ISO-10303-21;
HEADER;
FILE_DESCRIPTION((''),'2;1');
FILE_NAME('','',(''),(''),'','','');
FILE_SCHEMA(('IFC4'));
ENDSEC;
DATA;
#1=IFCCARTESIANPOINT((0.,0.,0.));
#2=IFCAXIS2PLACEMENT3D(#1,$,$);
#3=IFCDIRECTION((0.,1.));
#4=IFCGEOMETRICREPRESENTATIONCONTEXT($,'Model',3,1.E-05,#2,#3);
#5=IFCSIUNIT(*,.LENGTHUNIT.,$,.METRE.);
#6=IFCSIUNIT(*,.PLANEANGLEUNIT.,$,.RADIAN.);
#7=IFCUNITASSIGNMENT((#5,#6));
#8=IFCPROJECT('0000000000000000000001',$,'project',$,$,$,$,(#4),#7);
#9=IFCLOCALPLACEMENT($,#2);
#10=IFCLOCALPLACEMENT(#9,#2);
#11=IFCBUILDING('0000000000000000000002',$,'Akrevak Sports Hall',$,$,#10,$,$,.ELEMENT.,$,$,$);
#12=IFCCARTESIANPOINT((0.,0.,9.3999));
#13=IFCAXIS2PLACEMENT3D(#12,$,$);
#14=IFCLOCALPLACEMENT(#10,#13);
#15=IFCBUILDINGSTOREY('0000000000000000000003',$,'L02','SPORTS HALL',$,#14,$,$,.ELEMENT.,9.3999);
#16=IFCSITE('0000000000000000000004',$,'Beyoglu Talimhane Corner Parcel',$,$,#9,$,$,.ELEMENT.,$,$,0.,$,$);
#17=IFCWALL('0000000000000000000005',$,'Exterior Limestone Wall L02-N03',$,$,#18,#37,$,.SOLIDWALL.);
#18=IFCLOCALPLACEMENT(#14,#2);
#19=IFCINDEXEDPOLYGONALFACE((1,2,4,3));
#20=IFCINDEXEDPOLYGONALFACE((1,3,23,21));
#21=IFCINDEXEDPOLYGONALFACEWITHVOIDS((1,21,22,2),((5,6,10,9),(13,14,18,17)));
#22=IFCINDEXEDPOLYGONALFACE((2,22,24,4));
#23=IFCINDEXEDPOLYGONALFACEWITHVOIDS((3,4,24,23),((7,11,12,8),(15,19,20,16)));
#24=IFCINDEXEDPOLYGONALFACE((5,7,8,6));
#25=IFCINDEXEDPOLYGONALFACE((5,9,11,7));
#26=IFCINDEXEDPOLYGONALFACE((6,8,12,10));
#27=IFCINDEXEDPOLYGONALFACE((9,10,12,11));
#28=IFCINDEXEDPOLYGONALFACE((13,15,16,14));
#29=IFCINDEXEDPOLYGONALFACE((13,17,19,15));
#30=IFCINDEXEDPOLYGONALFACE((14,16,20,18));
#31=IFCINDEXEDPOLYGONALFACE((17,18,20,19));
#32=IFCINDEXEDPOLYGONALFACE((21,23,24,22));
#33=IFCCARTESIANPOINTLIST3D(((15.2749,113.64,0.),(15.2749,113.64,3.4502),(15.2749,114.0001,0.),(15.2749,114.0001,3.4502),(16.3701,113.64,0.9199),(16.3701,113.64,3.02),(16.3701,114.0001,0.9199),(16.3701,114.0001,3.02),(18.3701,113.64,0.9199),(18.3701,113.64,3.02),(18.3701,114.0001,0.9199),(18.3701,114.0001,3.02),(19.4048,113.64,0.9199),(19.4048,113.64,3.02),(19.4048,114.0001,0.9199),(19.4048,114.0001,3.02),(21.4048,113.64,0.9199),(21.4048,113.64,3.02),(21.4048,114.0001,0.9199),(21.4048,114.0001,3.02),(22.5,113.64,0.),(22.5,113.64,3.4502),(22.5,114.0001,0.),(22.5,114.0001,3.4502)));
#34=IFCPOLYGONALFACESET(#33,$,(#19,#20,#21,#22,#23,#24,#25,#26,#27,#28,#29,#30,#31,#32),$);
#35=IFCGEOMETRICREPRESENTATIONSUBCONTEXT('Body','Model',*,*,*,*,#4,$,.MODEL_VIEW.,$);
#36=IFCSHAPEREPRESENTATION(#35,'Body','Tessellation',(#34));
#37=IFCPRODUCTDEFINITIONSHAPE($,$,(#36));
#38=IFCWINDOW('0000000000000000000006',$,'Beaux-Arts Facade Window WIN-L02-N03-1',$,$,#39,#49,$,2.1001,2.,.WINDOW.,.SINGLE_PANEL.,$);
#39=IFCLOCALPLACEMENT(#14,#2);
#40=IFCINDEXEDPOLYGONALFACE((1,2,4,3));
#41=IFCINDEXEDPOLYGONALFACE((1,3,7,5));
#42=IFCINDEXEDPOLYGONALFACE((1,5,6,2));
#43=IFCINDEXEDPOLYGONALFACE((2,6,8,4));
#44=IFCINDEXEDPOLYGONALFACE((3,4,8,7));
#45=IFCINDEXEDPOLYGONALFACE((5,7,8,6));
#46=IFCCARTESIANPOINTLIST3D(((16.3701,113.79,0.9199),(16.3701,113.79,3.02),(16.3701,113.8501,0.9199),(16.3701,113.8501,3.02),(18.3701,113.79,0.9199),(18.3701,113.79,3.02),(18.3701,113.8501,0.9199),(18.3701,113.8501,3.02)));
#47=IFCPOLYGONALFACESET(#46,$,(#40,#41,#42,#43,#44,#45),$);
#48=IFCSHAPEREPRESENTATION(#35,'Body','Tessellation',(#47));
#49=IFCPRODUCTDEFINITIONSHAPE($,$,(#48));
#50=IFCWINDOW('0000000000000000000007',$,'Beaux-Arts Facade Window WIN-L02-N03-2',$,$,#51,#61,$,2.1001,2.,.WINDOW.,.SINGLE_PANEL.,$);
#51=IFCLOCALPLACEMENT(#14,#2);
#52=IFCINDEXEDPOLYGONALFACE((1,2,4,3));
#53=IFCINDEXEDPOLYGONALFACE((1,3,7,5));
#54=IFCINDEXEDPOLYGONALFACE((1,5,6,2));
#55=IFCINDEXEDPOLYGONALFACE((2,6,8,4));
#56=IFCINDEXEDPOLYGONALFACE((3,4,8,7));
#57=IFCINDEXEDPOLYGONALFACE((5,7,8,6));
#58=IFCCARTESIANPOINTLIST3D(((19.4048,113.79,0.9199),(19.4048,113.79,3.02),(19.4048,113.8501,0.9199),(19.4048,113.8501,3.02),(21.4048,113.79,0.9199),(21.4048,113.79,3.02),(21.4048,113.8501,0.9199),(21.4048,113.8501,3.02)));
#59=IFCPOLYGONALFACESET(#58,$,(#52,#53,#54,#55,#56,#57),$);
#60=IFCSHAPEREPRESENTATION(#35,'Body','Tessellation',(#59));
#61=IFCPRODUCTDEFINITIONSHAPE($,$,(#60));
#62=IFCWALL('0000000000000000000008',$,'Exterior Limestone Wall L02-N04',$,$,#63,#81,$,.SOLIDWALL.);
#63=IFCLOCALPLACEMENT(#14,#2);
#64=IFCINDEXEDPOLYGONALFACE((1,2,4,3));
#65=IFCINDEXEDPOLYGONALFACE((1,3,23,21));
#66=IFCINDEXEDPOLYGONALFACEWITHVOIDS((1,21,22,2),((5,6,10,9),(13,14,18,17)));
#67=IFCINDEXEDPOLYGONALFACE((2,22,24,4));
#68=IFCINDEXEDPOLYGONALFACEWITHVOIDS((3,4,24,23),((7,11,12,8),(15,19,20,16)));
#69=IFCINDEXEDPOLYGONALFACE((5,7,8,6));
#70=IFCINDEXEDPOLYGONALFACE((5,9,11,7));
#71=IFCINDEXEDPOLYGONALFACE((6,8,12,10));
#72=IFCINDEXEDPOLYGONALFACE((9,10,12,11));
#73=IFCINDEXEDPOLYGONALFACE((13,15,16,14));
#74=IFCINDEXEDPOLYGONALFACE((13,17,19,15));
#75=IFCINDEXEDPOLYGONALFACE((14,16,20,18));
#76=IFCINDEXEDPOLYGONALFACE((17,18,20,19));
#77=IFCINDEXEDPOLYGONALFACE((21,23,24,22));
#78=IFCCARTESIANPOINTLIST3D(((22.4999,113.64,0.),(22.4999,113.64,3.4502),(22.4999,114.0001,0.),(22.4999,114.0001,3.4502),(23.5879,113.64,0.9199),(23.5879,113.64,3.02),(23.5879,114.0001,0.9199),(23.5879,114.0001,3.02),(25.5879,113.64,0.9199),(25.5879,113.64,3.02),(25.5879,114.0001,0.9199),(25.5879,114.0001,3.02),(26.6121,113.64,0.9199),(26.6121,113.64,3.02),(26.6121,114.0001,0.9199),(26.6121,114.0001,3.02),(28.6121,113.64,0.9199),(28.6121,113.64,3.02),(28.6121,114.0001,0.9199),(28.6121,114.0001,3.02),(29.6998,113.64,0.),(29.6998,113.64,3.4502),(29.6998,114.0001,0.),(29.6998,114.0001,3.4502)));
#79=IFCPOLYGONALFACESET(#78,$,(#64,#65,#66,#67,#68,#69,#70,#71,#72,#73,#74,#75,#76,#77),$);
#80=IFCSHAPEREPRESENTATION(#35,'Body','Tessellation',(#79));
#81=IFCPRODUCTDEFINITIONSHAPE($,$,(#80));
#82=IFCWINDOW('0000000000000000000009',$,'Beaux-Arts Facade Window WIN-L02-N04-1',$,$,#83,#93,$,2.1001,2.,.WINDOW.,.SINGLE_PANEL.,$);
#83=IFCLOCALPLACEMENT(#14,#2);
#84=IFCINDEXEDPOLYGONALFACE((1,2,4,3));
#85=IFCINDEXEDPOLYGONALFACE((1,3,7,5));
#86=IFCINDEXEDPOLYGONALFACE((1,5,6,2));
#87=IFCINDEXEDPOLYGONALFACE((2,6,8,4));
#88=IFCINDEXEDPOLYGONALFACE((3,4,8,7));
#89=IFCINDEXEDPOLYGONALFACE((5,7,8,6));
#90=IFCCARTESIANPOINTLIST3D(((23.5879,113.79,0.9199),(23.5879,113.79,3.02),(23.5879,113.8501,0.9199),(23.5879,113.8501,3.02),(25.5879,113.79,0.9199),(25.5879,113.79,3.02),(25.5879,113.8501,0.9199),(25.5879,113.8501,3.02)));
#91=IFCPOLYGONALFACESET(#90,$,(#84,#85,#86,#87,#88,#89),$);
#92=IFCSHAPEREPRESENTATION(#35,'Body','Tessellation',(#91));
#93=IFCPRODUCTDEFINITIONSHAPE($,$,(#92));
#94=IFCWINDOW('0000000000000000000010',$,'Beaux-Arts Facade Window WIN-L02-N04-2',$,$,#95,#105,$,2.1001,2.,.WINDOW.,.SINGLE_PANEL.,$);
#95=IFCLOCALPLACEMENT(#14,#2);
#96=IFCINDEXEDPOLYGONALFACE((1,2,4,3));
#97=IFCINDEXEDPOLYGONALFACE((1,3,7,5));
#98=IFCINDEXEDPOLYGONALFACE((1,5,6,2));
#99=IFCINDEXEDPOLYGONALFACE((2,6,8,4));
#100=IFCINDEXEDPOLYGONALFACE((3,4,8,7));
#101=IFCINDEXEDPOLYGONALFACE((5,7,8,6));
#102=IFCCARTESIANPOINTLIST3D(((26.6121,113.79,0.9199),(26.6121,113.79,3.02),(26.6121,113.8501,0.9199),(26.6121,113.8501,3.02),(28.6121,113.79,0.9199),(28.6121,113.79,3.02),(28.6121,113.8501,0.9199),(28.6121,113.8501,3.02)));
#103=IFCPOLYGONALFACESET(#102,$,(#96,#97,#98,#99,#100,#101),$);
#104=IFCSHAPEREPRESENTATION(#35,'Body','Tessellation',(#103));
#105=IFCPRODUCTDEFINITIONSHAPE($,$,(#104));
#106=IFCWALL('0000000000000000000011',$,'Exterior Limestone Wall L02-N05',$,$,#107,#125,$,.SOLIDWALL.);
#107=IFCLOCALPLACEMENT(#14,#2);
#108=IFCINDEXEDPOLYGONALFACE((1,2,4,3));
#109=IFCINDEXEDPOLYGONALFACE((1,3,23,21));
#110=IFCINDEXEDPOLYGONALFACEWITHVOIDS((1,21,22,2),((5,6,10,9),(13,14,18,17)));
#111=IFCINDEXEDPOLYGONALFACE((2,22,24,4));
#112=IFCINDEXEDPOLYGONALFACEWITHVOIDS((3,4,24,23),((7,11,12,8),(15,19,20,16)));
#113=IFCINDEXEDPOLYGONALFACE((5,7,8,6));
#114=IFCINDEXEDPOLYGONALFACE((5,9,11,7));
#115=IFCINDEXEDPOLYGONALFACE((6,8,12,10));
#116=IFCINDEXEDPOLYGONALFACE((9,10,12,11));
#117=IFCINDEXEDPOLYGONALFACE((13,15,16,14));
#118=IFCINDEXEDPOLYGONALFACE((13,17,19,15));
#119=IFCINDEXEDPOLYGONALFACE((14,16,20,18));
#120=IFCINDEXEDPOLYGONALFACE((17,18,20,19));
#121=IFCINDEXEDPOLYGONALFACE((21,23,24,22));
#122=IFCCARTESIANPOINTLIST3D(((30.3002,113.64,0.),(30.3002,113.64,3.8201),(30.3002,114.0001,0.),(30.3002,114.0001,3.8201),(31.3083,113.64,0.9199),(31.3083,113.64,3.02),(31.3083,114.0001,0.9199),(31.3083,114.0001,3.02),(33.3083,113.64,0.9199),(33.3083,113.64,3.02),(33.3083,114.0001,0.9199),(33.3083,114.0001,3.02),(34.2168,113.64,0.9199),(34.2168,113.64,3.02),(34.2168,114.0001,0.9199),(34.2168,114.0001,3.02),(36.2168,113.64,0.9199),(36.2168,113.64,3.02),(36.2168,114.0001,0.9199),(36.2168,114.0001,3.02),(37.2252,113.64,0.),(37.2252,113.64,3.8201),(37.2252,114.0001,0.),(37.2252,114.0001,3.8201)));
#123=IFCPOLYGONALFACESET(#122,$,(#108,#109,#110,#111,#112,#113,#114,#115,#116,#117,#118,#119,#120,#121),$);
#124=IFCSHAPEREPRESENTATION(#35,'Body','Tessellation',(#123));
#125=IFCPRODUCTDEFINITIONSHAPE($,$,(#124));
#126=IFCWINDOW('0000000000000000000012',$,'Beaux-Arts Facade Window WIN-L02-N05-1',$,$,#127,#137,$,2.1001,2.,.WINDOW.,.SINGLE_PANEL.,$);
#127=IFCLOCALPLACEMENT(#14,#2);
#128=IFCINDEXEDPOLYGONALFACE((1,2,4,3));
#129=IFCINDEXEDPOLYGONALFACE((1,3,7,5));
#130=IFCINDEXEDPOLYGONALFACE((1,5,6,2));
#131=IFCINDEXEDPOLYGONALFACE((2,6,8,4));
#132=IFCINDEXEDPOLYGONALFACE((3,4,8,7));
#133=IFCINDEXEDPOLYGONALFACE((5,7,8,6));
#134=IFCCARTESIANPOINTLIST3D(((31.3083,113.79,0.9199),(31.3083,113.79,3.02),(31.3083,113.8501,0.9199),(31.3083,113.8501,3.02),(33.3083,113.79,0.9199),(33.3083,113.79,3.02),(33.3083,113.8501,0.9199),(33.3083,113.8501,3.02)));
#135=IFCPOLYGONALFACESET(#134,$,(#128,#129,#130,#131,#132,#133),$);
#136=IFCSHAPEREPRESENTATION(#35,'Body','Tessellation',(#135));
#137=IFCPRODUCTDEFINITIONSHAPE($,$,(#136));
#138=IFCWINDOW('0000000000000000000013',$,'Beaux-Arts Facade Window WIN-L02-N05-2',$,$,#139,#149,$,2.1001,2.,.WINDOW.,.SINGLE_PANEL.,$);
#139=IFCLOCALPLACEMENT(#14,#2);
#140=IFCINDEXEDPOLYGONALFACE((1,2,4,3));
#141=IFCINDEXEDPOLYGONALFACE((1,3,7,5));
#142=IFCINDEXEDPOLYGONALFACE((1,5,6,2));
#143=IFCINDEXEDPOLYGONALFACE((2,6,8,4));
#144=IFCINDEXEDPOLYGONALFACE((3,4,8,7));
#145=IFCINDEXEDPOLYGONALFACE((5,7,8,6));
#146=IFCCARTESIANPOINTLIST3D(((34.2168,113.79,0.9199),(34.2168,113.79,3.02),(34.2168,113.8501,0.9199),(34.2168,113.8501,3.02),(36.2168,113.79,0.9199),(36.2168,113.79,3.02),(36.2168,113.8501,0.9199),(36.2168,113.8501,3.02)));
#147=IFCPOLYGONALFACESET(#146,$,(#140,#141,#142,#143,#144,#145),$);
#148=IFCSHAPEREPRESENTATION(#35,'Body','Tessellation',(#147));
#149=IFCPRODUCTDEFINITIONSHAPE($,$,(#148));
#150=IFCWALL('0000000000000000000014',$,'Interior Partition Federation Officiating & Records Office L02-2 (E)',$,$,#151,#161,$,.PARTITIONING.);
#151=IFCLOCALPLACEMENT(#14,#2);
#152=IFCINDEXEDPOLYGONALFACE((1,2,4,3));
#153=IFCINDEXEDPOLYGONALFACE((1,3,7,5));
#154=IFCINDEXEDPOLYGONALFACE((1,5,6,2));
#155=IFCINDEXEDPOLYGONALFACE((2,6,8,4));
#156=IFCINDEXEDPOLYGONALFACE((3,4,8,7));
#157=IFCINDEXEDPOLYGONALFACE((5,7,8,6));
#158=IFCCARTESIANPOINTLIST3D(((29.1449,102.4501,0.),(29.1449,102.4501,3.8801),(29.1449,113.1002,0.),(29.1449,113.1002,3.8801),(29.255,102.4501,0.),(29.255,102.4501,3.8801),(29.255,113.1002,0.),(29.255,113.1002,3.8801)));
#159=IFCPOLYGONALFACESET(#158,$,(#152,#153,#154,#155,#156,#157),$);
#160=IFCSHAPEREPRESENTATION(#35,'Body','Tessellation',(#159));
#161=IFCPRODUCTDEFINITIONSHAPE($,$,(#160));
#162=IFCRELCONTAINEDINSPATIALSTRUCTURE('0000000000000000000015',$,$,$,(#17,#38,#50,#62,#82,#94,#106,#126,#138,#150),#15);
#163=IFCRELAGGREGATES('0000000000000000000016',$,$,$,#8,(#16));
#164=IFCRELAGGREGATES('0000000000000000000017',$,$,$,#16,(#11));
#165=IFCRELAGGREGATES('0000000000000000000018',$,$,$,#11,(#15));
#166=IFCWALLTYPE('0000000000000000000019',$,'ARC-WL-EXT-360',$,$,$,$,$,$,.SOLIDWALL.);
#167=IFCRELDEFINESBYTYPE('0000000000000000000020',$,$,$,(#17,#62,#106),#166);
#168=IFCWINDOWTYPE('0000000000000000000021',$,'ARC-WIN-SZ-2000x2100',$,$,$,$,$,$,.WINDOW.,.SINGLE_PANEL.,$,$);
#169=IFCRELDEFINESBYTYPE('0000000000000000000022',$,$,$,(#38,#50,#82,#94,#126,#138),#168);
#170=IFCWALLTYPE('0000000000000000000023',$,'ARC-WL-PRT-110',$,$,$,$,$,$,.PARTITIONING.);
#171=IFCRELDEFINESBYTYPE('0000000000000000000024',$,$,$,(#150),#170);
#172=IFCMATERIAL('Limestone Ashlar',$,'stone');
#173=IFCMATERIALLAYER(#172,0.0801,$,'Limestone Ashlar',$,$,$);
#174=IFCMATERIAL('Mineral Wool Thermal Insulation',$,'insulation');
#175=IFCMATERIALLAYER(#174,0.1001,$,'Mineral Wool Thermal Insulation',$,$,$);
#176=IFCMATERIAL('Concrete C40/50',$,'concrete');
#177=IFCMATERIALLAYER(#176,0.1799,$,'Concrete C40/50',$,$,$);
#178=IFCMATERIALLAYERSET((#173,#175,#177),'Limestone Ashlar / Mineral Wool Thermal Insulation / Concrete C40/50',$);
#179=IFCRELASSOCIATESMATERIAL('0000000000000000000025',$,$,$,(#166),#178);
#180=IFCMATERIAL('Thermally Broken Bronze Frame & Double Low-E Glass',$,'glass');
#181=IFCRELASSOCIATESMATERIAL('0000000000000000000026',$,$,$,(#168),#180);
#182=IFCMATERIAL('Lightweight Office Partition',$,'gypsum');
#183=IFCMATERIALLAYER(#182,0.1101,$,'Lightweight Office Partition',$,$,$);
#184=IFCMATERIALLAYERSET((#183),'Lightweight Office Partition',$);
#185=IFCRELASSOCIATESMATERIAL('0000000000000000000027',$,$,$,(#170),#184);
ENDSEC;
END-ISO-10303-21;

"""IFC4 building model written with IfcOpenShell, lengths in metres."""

from ifc_helpers import new_model, si_unit, direction, frame, frame_2d, origin, place, context, subcontext, project, spatial, rectangle, extrude, material, layer, layer_set, type_object, element, fill, save


model = new_model("IFC4")

# Units and contexts
model_context = context("Model", 3, precision=1e-05, world=origin(), true_north=direction((0.0, 1.0)))
body_context = subcontext(model_context, "Body", "Model", "MODEL_VIEW")
ifc_project = project(units=[si_unit("LENGTHUNIT", "METRE"), si_unit("PLANEANGLEUNIT", "RADIAN")], contexts=[model_context])

# Site, building, storey
site_placement = place(None, origin())
site = spatial("IfcSite", under=ifc_project, at=site_placement, Name="Beyoglu Talimhane Corner Parcel", CompositionType="ELEMENT", RefElevation=0.0)
building_placement = place(site_placement, origin())
building = spatial("IfcBuilding", under=site, at=building_placement, Name="Akrevak Sports Hall", CompositionType="ELEMENT")
storey_placement = place(building_placement, frame((0.0, 0.0, 9.3999)))
storey = spatial("IfcBuildingStorey", under=building, at=storey_placement, Name="L02", Description="SPORTS HALL", CompositionType="ELEMENT", Elevation=9.3999)

# Shared definitions
ifc_material_1 = material(Name="Concrete C40/50", Category="concrete")

# Walls, openings, windows
ifc_material_2 = material(Name="Limestone Ashlar", Category="stone")
ifc_layer_1 = layer(ifc_material_2, 0.0801, Name="Limestone Ashlar")
ifc_material_3 = material(Name="Mineral Wool Thermal Insulation", Category="insulation")
ifc_layer_2 = layer(ifc_material_3, 0.1001, Name="Mineral Wool Thermal Insulation")
ifc_layer_3 = layer(ifc_material_1, 0.1799, Name="Concrete C40/50")
ifc_layer_set_1 = layer_set([ifc_layer_1, ifc_layer_2, ifc_layer_3], Name="Limestone Ashlar / Mineral Wool Thermal Insulation / Concrete C40/50")
wall_type_1 = type_object("IfcWallType", Name="ARC-WL-EXT-360", PredefinedType="SOLIDWALL", material=ifc_layer_set_1)
wall_1_placement = place(storey_placement, frame((22.5, 113.8201, 0.0), z_axis=(0.0, 0.0, 1.0), x_axis=(-1.0, 0.0, 0.0)))
wall_1 = element("IfcWall", 1, at=wall_1_placement, inside=storey, type_object=wall_type_1, Name="Exterior Limestone Wall L02-N03", PredefinedType="SOLIDWALL", context=body_context, shape_type="SweptSolid", body=[
    extrude(rectangle(XDim=7.2251, YDim=0.3601, at=frame_2d((3.6125, 0.0))), origin(), (0.0, 0.0, 1.0), 3.4502),
])
opening_1_placement = place(wall_1_placement, frame((4.1299, 0.0, 0.9199)))
opening_1 = element("IfcOpeningElement", 2, at=opening_1_placement, cuts=wall_1, PredefinedType="OPENING", context=body_context, shape_type="SweptSolid", body=[
    extrude(rectangle(XDim=2.0, YDim=2.1001, at=frame_2d((1.0, 1.05))), frame((0.0, 0.1919, 0.0), z_axis=(0.0, -1.0, 0.0), x_axis=(1.0, 0.0, 0.0)), (0.0, 0.0, 1.0), 0.384),
])
opening_2_placement = place(wall_1_placement, frame((1.0952, 0.0, 0.9199)))
opening_2 = element("IfcOpeningElement", 3, at=opening_2_placement, cuts=wall_1, PredefinedType="OPENING", context=body_context, shape_type="SweptSolid", body=[
    extrude(rectangle(XDim=2.0, YDim=2.1001, at=frame_2d((1.0, 1.05))), frame((0.0, 0.1919, 0.0), z_axis=(0.0, -1.0, 0.0), x_axis=(1.0, 0.0, 0.0)), (0.0, 0.0, 1.0), 0.384),
])
ifc_material_4 = material(Name="Thermally Broken Bronze Frame & Double Low-E Glass", Category="glass")
window_type = type_object("IfcWindowType", Name="ARC-WIN-SZ-2000x2100", PartitioningType="SINGLE_PANEL", PredefinedType="WINDOW", material=ifc_material_4)
window_1_placement = place(opening_1_placement, origin())
window_1 = element("IfcWindow", 4, at=window_1_placement, inside=storey, type_object=window_type, Name="Beaux-Arts Facade Window WIN-L02-N03-1", OverallHeight=2.1001, OverallWidth=2.0, PartitioningType="SINGLE_PANEL", PredefinedType="WINDOW", context=body_context, shape_type="SweptSolid", body=[
    extrude(rectangle(XDim=2.0, YDim=2.1001, at=frame_2d((1.0, 1.05))), frame((0.0, 0.03, 0.0), z_axis=(0.0, -1.0, 0.0), x_axis=(1.0, 0.0, 0.0)), (0.0, 0.0, 1.0), 0.0601),
])
fill(opening_1, window_1)
window_2_placement = place(opening_2_placement, origin())
window_2 = element("IfcWindow", 5, at=window_2_placement, inside=storey, type_object=window_type, Name="Beaux-Arts Facade Window WIN-L02-N03-2", OverallHeight=2.1001, OverallWidth=2.0, PartitioningType="SINGLE_PANEL", PredefinedType="WINDOW", context=body_context, shape_type="SweptSolid", body=[
    extrude(rectangle(XDim=2.0, YDim=2.1001, at=frame_2d((1.0, 1.05))), frame((0.0, 0.03, 0.0), z_axis=(0.0, -1.0, 0.0), x_axis=(1.0, 0.0, 0.0)), (0.0, 0.0, 1.0), 0.0601),
])
fill(opening_2, window_2)
wall_2_placement = place(storey_placement, frame((29.7, 113.8201, 0.0), z_axis=(0.0, 0.0, 1.0), x_axis=(-1.0, 0.0, 0.0)))
wall_2 = element("IfcWall", 6, at=wall_2_placement, inside=storey, type_object=wall_type_1, Name="Exterior Limestone Wall L02-N04", PredefinedType="SOLIDWALL", context=body_context, shape_type="SweptSolid", body=[
    extrude(rectangle(XDim=7.2, YDim=0.3601, at=frame_2d((3.6001, 0.0))), origin(), (0.0, 0.0, 1.0), 3.4502),
])
opening_3_placement = place(wall_2_placement, frame((4.1121, 0.0, 0.9199)))
opening_3 = element("IfcOpeningElement", 7, at=opening_3_placement, cuts=wall_2, PredefinedType="OPENING", context=body_context, shape_type="SweptSolid", body=[
    extrude(rectangle(XDim=2.0, YDim=2.1001, at=frame_2d((1.0, 1.05))), frame((0.0, 0.1919, 0.0), z_axis=(0.0, -1.0, 0.0), x_axis=(1.0, 0.0, 0.0)), (0.0, 0.0, 1.0), 0.384),
])
opening_4_placement = place(wall_2_placement, frame((1.0879, 0.0, 0.9199)))
opening_4 = element("IfcOpeningElement", 8, at=opening_4_placement, cuts=wall_2, PredefinedType="OPENING", context=body_context, shape_type="SweptSolid", body=[
    extrude(rectangle(XDim=2.0, YDim=2.1001, at=frame_2d((1.0, 1.05))), frame((0.0, 0.1919, 0.0), z_axis=(0.0, -1.0, 0.0), x_axis=(1.0, 0.0, 0.0)), (0.0, 0.0, 1.0), 0.384),
])
window_3_placement = place(opening_3_placement, origin())
window_3 = element("IfcWindow", 9, at=window_3_placement, inside=storey, type_object=window_type, Name="Beaux-Arts Facade Window WIN-L02-N04-1", OverallHeight=2.1001, OverallWidth=2.0, PartitioningType="SINGLE_PANEL", PredefinedType="WINDOW", context=body_context, shape_type="SweptSolid", body=[
    extrude(rectangle(XDim=2.0, YDim=2.1001, at=frame_2d((1.0, 1.05))), frame((0.0, 0.03, 0.0), z_axis=(0.0, -1.0, 0.0), x_axis=(1.0, 0.0, 0.0)), (0.0, 0.0, 1.0), 0.0601),
])
fill(opening_3, window_3)
window_4_placement = place(opening_4_placement, origin())
window_4 = element("IfcWindow", 10, at=window_4_placement, inside=storey, type_object=window_type, Name="Beaux-Arts Facade Window WIN-L02-N04-2", OverallHeight=2.1001, OverallWidth=2.0, PartitioningType="SINGLE_PANEL", PredefinedType="WINDOW", context=body_context, shape_type="SweptSolid", body=[
    extrude(rectangle(XDim=2.0, YDim=2.1001, at=frame_2d((1.0, 1.05))), frame((0.0, 0.03, 0.0), z_axis=(0.0, -1.0, 0.0), x_axis=(1.0, 0.0, 0.0)), (0.0, 0.0, 1.0), 0.0601),
])
fill(opening_4, window_4)
wall_3_placement = place(storey_placement, frame((37.2251, 113.8201, 0.0), z_axis=(0.0, 0.0, 1.0), x_axis=(-1.0, 0.0, 0.0)))
wall_3 = element("IfcWall", 11, at=wall_3_placement, inside=storey, type_object=wall_type_1, Name="Exterior Limestone Wall L02-N05", PredefinedType="SOLIDWALL", context=body_context, shape_type="SweptSolid", body=[
    extrude(rectangle(XDim=6.925, YDim=0.3601, at=frame_2d((3.4624, 0.0))), origin(), (0.0, 0.0, 1.0), 3.8201),
])
opening_5_placement = place(wall_3_placement, frame((3.9167, 0.0, 0.9199)))
opening_5 = element("IfcOpeningElement", 12, at=opening_5_placement, cuts=wall_3, PredefinedType="OPENING", context=body_context, shape_type="SweptSolid", body=[
    extrude(rectangle(XDim=2.0, YDim=2.1001, at=frame_2d((1.0, 1.05))), frame((0.0, 0.1919, 0.0), z_axis=(0.0, -1.0, 0.0), x_axis=(1.0, 0.0, 0.0)), (0.0, 0.0, 1.0), 0.384),
])
opening_6_placement = place(wall_3_placement, frame((1.0083, 0.0, 0.9199)))
opening_6 = element("IfcOpeningElement", 13, at=opening_6_placement, cuts=wall_3, PredefinedType="OPENING", context=body_context, shape_type="SweptSolid", body=[
    extrude(rectangle(XDim=2.0, YDim=2.1001, at=frame_2d((1.0, 1.05))), frame((0.0, 0.1919, 0.0), z_axis=(0.0, -1.0, 0.0), x_axis=(1.0, 0.0, 0.0)), (0.0, 0.0, 1.0), 0.384),
])
window_5_placement = place(opening_5_placement, origin())
window_5 = element("IfcWindow", 14, at=window_5_placement, inside=storey, type_object=window_type, Name="Beaux-Arts Facade Window WIN-L02-N05-1", OverallHeight=2.1001, OverallWidth=2.0, PartitioningType="SINGLE_PANEL", PredefinedType="WINDOW", context=body_context, shape_type="SweptSolid", body=[
    extrude(rectangle(XDim=2.0, YDim=2.1001, at=frame_2d((1.0, 1.05))), frame((0.0, 0.03, 0.0), z_axis=(0.0, -1.0, 0.0), x_axis=(1.0, 0.0, 0.0)), (0.0, 0.0, 1.0), 0.0601),
])
fill(opening_5, window_5)
window_6_placement = place(opening_6_placement, origin())
window_6 = element("IfcWindow", 15, at=window_6_placement, inside=storey, type_object=window_type, Name="Beaux-Arts Facade Window WIN-L02-N05-2", OverallHeight=2.1001, OverallWidth=2.0, PartitioningType="SINGLE_PANEL", PredefinedType="WINDOW", context=body_context, shape_type="SweptSolid", body=[
    extrude(rectangle(XDim=2.0, YDim=2.1001, at=frame_2d((1.0, 1.05))), frame((0.0, 0.03, 0.0), z_axis=(0.0, -1.0, 0.0), x_axis=(1.0, 0.0, 0.0)), (0.0, 0.0, 1.0), 0.0601),
])
fill(opening_6, window_6)

# Wall
ifc_material_5 = material(Name="Lightweight Office Partition", Category="gypsum")
ifc_layer_4 = layer(ifc_material_5, 0.1101, Name="Lightweight Office Partition")
ifc_layer_set_2 = layer_set([ifc_layer_4], Name="Lightweight Office Partition")
wall_type_2 = type_object("IfcWallType", Name="ARC-WL-PRT-110", PredefinedType="PARTITIONING", material=ifc_layer_set_2)
wall_4_placement = place(storey_placement, frame((29.2, 102.45, 0.0), z_axis=(0.0, 0.0, 1.0), x_axis=(0.0, 1.0, 0.0)))
element("IfcWall", 16, at=wall_4_placement, inside=storey, type_object=wall_type_2, Name="Interior Partition Federation Officiating & Records Office L02-2 (E)", PredefinedType="PARTITIONING", context=body_context, shape_type="SweptSolid", body=[
    extrude(rectangle(XDim=10.6501, YDim=0.1101, at=frame_2d((5.3252, 0.0))), origin(), (0.0, 0.0, 1.0), 3.8801),
])

save(model, "model.ifc")
